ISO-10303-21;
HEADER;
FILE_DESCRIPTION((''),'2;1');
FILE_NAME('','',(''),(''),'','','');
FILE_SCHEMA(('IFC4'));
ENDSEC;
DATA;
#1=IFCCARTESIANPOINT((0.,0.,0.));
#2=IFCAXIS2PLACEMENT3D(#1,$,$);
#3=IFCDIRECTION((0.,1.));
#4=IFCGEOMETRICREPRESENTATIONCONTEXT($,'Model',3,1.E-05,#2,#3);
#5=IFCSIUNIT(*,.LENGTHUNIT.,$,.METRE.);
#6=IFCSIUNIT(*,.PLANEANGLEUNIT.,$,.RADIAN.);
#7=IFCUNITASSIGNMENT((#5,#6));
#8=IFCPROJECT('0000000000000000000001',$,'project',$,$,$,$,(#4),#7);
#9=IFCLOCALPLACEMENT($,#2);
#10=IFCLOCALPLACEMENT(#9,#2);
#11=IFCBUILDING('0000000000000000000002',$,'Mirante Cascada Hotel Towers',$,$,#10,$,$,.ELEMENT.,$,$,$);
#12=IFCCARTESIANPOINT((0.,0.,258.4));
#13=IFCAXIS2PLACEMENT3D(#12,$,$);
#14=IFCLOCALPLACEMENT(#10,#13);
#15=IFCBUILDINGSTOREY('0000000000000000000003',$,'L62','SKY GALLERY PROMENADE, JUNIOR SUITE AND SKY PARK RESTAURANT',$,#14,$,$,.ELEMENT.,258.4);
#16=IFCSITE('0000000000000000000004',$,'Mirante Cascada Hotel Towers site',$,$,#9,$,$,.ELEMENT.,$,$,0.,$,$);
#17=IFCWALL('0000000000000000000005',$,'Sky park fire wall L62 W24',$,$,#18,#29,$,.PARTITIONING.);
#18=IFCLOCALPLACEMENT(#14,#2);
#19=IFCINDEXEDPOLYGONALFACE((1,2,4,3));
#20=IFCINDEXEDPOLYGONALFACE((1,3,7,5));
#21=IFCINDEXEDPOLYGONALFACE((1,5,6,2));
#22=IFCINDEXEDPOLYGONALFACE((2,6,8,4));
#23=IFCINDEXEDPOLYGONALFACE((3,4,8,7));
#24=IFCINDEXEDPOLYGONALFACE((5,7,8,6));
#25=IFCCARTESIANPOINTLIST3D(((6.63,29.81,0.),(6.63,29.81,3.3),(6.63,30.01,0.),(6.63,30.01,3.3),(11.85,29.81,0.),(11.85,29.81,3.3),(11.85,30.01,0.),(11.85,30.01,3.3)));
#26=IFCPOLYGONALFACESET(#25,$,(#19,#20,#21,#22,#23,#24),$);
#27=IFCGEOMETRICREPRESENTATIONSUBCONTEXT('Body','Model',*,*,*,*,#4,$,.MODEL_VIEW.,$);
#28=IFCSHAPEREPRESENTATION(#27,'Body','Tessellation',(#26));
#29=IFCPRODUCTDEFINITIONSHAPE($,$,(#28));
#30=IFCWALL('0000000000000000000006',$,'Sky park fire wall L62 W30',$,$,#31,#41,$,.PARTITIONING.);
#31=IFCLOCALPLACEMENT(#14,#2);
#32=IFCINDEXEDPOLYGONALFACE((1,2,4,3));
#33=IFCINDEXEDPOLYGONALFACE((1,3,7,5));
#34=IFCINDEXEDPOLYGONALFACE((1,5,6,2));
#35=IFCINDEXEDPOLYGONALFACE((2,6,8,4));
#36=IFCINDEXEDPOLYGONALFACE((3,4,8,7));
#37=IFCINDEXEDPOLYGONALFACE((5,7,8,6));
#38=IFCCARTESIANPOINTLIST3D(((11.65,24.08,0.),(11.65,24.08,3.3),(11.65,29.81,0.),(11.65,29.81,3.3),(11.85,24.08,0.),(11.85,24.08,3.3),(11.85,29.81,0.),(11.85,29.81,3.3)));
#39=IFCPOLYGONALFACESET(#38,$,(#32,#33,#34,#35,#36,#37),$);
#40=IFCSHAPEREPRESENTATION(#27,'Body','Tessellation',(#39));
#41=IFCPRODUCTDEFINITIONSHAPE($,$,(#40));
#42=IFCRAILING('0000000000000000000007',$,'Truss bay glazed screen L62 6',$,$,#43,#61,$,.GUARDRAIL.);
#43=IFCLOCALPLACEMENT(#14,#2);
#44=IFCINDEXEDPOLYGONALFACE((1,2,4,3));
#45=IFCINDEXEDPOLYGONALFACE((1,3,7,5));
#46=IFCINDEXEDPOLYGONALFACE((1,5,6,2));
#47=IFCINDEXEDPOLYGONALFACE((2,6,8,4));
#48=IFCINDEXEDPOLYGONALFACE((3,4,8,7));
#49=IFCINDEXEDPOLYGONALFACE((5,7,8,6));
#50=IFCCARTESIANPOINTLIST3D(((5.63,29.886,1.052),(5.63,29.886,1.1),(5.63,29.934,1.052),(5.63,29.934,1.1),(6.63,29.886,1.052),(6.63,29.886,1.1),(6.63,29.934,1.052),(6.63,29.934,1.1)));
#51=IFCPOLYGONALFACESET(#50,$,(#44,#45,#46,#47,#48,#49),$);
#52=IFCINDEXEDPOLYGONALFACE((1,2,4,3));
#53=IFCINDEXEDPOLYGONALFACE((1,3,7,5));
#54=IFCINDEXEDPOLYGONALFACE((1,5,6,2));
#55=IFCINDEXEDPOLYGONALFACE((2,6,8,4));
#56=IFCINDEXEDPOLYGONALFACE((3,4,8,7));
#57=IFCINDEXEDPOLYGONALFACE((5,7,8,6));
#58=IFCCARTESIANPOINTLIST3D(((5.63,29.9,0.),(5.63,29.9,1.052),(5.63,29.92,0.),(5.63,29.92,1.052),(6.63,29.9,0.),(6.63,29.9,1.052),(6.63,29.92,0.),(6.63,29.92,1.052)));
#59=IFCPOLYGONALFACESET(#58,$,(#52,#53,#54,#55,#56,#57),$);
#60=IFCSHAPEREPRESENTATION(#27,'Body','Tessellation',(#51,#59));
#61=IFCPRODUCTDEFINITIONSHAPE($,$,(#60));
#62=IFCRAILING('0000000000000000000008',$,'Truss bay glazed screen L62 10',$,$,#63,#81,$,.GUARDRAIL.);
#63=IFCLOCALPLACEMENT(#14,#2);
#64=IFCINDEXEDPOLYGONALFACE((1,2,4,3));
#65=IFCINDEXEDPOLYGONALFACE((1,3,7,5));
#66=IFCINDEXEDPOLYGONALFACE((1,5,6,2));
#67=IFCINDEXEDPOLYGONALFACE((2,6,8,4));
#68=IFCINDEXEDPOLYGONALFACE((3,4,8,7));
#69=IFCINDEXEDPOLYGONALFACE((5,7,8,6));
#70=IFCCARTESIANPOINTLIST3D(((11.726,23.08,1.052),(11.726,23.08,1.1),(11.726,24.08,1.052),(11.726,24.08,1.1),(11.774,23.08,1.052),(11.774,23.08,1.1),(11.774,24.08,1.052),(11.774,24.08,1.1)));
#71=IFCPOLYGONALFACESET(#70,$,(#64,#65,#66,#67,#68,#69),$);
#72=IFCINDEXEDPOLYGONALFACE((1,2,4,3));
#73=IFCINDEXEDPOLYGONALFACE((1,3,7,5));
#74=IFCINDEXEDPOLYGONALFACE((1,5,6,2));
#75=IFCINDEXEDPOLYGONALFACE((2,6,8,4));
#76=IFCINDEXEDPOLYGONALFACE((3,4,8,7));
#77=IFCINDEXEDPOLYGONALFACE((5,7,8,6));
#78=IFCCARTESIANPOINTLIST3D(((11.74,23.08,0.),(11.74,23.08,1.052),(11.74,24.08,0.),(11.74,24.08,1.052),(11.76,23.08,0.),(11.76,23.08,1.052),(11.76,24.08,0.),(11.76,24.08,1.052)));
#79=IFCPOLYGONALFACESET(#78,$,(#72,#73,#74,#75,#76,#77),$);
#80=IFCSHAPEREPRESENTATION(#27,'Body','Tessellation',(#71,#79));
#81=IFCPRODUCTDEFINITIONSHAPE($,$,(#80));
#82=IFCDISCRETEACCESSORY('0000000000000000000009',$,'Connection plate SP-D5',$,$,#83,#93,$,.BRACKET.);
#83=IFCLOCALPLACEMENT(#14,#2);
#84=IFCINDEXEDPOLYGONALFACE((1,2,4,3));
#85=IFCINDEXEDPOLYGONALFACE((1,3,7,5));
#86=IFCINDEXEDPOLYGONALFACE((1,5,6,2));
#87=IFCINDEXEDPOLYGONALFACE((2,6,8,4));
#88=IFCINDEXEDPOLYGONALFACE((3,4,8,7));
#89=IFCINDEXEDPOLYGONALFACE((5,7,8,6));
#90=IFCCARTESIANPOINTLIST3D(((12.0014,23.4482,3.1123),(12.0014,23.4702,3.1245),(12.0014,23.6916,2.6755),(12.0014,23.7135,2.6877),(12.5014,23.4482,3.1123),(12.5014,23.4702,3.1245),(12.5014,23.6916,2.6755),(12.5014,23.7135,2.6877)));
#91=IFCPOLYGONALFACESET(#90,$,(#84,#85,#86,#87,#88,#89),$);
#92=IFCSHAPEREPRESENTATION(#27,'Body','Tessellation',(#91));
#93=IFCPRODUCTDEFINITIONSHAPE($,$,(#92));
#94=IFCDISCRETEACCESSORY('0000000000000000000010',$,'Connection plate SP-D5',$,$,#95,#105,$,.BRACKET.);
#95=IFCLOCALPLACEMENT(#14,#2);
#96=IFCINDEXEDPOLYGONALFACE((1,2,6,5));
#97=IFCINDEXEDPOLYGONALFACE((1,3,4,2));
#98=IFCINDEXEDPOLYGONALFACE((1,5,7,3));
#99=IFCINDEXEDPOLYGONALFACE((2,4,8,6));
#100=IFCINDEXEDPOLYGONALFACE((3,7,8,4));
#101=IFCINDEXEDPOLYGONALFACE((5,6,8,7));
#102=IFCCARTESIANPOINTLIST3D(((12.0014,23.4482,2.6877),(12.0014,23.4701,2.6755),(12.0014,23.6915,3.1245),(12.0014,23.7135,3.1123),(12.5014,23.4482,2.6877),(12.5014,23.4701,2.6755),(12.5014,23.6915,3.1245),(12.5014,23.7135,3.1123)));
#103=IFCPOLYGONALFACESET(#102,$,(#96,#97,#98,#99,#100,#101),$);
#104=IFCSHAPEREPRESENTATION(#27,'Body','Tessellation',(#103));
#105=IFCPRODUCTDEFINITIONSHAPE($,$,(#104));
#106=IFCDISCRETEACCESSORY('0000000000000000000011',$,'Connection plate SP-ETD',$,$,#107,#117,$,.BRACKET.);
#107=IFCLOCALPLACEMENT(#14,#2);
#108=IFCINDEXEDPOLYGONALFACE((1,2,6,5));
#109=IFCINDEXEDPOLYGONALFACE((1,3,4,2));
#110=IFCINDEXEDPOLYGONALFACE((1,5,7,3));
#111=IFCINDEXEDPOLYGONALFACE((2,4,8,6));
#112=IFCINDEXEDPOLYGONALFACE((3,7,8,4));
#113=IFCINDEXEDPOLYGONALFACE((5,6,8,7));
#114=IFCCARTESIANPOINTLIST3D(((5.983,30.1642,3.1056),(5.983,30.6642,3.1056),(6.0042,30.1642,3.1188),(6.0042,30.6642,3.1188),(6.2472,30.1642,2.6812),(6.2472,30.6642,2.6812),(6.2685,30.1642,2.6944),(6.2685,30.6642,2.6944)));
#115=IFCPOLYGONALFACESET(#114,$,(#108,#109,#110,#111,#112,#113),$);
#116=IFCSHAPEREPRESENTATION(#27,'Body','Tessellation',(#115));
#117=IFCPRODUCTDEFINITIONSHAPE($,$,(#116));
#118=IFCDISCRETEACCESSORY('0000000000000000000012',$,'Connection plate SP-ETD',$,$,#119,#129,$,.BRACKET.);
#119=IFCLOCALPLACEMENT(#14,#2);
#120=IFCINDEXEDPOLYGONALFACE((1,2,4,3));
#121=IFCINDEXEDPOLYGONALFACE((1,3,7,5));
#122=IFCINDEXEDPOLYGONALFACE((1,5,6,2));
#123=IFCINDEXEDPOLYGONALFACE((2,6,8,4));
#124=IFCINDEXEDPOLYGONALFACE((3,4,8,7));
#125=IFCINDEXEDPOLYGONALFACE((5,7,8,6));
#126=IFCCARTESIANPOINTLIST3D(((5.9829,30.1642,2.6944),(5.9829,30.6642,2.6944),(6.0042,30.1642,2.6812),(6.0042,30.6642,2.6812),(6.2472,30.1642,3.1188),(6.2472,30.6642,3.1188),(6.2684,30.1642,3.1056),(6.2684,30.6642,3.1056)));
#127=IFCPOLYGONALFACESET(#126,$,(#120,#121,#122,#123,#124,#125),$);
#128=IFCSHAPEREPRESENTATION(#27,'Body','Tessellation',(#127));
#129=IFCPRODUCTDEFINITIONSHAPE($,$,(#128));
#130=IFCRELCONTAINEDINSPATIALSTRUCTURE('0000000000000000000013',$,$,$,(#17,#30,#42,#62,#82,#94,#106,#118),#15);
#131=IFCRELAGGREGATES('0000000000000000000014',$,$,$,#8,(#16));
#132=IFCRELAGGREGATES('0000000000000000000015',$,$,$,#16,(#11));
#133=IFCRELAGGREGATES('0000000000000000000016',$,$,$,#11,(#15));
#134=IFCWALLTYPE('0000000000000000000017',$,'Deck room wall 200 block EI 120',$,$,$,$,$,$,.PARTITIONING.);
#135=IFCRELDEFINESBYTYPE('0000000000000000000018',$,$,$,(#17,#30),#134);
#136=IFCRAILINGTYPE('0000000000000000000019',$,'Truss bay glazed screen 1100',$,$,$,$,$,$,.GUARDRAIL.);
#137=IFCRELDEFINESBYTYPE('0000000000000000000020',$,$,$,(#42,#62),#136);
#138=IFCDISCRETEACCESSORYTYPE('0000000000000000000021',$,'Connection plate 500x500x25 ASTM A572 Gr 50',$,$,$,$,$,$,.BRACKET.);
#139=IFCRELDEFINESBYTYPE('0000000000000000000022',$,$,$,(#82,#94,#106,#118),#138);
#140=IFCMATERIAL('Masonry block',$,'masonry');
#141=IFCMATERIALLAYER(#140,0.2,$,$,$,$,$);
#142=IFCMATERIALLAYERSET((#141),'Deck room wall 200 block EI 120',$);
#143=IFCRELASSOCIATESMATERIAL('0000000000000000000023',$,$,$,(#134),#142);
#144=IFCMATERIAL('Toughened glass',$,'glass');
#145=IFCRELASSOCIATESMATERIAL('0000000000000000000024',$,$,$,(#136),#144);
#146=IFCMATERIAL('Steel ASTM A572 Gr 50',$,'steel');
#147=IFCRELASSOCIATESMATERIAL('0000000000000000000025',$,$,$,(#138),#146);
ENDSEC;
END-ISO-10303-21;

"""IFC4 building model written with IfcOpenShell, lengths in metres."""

from ifc_helpers import new_model, si_unit, direction, frame, frame_2d, origin, origin_2d, place, context, subcontext, project, spatial, rectangle, extrude, material, layer, layer_set, material_profile, profile_set, type_object, element, save


model = new_model("IFC4")

# Units and contexts
model_context = context("Model", 3, precision=1e-05, world=origin(), true_north=direction((0.0, 1.0)))
body_context = subcontext(model_context, "Body", "Model", "MODEL_VIEW")
ifc_project = project(units=[si_unit("LENGTHUNIT", "METRE"), si_unit("PLANEANGLEUNIT", "RADIAN")], contexts=[model_context])

# Site, building, storey
site_placement = place(None, origin())
site = spatial("IfcSite", under=ifc_project, at=site_placement, Name="Mirante Cascada Hotel Towers site", CompositionType="ELEMENT", RefElevation=0.0)
building_placement = place(site_placement, origin())
building = spatial("IfcBuilding", under=site, at=building_placement, Name="Mirante Cascada Hotel Towers", CompositionType="ELEMENT")
storey_placement = place(building_placement, frame((0.0, 0.0, 258.4)))
storey = spatial("IfcBuildingStorey", under=building, at=storey_placement, Name="L62", Description="SKY GALLERY PROMENADE, JUNIOR SUITE AND SKY PARK RESTAURANT", CompositionType="ELEMENT", Elevation=258.4)

# Walls
ifc_material_1 = material(Name="Masonry block", Category="masonry")
ifc_layer_1 = layer(ifc_material_1, 0.2)
ifc_layer_set_1 = layer_set([ifc_layer_1], Name="Deck room wall 200 block EI 120")
wall_type = type_object("IfcWallType", Name="Deck room wall 200 block EI 120", PredefinedType="PARTITIONING", material=ifc_layer_set_1)
wall_1_placement = place(storey_placement, frame((6.63, 29.91, 0.0), z_axis=(0.0, 0.0, 1.0), x_axis=(1.0, 0.0, 0.0)))
element("IfcWall", 1, at=wall_1_placement, inside=storey, type_object=wall_type, Name="Sky park fire wall L62 W24", PredefinedType="PARTITIONING", context=body_context, shape_type="SweptSolid", body=[
    extrude(rectangle(XDim=5.22, YDim=0.2, at=frame_2d((2.61, 0.0))), origin(), (0.0, 0.0, 1.0), 3.3),
])
wall_2_placement = place(storey_placement, frame((11.75, 24.08, 0.0), z_axis=(0.0, 0.0, 1.0), x_axis=(0.0, 1.0, 0.0)))
element("IfcWall", 2, at=wall_2_placement, inside=storey, type_object=wall_type, Name="Sky park fire wall L62 W30", PredefinedType="PARTITIONING", context=body_context, shape_type="SweptSolid", body=[
    extrude(rectangle(XDim=5.73, YDim=0.2, at=frame_2d((2.865, 0.0))), origin(), (0.0, 0.0, 1.0), 3.3),
])

# Railings
ifc_material_2 = material(Name="Toughened glass", Category="glass")
railing_type = type_object("IfcRailingType", Name="Truss bay glazed screen 1100", PredefinedType="GUARDRAIL", material=ifc_material_2)
railing_1_placement = place(storey_placement, frame((5.63, 29.91, 0.0)))
element("IfcRailing", 3, at=railing_1_placement, inside=storey, type_object=railing_type, Name="Truss bay glazed screen L62 6", PredefinedType="GUARDRAIL", context=body_context, shape_type="SweptSolid", body=[
    extrude(rectangle(XDim=0.048, YDim=0.048, at=origin_2d()), frame((0.0, 0.0, 1.076), z_axis=(1.0, 0.0, 0.0), x_axis=(0.0, 1.0, 0.0)), (0.0, 0.0, 1.0), 1.0),
    extrude(rectangle(XDim=0.02, YDim=1.052, at=origin_2d()), frame((0.0, 0.0, 0.526), z_axis=(1.0, 0.0, 0.0), x_axis=(0.0, 1.0, 0.0)), (0.0, 0.0, 1.0), 1.0),
])
railing_2_placement = place(storey_placement, frame((11.75, 23.08, 0.0)))
element("IfcRailing", 4, at=railing_2_placement, inside=storey, type_object=railing_type, Name="Truss bay glazed screen L62 10", PredefinedType="GUARDRAIL", context=body_context, shape_type="SweptSolid", body=[
    extrude(rectangle(XDim=0.048, YDim=0.048, at=origin_2d()), frame((0.0, 0.0, 1.076), z_axis=(0.0, 1.0, 0.0), x_axis=(-1.0, 0.0, 0.0)), (0.0, 0.0, 1.0), 1.0),
    extrude(rectangle(XDim=0.02, YDim=1.052, at=origin_2d()), frame((0.0, 0.0, 0.526), z_axis=(0.0, 1.0, 0.0), x_axis=(-1.0, 0.0, 0.0)), (0.0, 0.0, 1.0), 1.0),
])

# Discrete accessories
ifc_material_3 = material(Name="Steel ASTM A572 Gr 50", Category="steel")
ifc_material_profile_1 = material_profile(ifc_material_3, rectangle(XDim=0.5, YDim=0.5, at=origin_2d()), Name="Connection plate 500x500x25 ASTM A572 Gr 50")
ifc_profile_set_1 = profile_set([ifc_material_profile_1], Name="Steel ASTM A572 Gr 50")
discrete_accessory_type = type_object("IfcDiscreteAccessoryType", Name="Connection plate 500x500x25 ASTM A572 Gr 50", PredefinedType="BRACKET", material=ifc_profile_set_1)
for number, where, z_axis, x_axis, name in (
    (5, (12.2514, 23.5699, 2.8939), (0.0, 0.873592, 0.486659), (-1.0, 0.0, 0.0), "Connection plate SP-D5"),
    (6, (12.2514, 23.5918, 2.8939), (0.0, -0.873592, 0.486659), (1.0, 0.0, 0.0), "Connection plate SP-D5"),
):
    element("IfcDiscreteAccessory", number, at=place(storey_placement, frame(where, z_axis=z_axis, x_axis=x_axis)), inside=storey, type_object=discrete_accessory_type, Name=name, PredefinedType="BRACKET", context=body_context, shape_type="SweptSolid", body=[
        extrude(rectangle(XDim=0.5, YDim=0.5, at=origin_2d()), origin(), (0.0, 0.0, 1.0), 0.0251),
    ])
for number, where, z_axis, x_axis, name in (
    (7, (6.1151, 30.4142, 2.8934), (0.848897, 0.0, 0.528559), (0.0, 1.0, 0.0), "Connection plate SP-ETD"),
    (8, (6.1363, 30.4142, 2.8934), (-0.848897, 0.0, 0.528559), (0.0, -1.0, 0.0), "Connection plate SP-ETD"),
):
    element("IfcDiscreteAccessory", number, at=place(storey_placement, frame(where, z_axis=z_axis, x_axis=x_axis)), inside=storey, type_object=discrete_accessory_type, Name=name, PredefinedType="BRACKET", context=body_context, shape_type="SweptSolid", body=[
        extrude(rectangle(XDim=0.5, YDim=0.5, at=origin_2d()), origin(), (0.0, 0.0, 1.0), 0.025),
    ])

save(model, "model.ifc")
